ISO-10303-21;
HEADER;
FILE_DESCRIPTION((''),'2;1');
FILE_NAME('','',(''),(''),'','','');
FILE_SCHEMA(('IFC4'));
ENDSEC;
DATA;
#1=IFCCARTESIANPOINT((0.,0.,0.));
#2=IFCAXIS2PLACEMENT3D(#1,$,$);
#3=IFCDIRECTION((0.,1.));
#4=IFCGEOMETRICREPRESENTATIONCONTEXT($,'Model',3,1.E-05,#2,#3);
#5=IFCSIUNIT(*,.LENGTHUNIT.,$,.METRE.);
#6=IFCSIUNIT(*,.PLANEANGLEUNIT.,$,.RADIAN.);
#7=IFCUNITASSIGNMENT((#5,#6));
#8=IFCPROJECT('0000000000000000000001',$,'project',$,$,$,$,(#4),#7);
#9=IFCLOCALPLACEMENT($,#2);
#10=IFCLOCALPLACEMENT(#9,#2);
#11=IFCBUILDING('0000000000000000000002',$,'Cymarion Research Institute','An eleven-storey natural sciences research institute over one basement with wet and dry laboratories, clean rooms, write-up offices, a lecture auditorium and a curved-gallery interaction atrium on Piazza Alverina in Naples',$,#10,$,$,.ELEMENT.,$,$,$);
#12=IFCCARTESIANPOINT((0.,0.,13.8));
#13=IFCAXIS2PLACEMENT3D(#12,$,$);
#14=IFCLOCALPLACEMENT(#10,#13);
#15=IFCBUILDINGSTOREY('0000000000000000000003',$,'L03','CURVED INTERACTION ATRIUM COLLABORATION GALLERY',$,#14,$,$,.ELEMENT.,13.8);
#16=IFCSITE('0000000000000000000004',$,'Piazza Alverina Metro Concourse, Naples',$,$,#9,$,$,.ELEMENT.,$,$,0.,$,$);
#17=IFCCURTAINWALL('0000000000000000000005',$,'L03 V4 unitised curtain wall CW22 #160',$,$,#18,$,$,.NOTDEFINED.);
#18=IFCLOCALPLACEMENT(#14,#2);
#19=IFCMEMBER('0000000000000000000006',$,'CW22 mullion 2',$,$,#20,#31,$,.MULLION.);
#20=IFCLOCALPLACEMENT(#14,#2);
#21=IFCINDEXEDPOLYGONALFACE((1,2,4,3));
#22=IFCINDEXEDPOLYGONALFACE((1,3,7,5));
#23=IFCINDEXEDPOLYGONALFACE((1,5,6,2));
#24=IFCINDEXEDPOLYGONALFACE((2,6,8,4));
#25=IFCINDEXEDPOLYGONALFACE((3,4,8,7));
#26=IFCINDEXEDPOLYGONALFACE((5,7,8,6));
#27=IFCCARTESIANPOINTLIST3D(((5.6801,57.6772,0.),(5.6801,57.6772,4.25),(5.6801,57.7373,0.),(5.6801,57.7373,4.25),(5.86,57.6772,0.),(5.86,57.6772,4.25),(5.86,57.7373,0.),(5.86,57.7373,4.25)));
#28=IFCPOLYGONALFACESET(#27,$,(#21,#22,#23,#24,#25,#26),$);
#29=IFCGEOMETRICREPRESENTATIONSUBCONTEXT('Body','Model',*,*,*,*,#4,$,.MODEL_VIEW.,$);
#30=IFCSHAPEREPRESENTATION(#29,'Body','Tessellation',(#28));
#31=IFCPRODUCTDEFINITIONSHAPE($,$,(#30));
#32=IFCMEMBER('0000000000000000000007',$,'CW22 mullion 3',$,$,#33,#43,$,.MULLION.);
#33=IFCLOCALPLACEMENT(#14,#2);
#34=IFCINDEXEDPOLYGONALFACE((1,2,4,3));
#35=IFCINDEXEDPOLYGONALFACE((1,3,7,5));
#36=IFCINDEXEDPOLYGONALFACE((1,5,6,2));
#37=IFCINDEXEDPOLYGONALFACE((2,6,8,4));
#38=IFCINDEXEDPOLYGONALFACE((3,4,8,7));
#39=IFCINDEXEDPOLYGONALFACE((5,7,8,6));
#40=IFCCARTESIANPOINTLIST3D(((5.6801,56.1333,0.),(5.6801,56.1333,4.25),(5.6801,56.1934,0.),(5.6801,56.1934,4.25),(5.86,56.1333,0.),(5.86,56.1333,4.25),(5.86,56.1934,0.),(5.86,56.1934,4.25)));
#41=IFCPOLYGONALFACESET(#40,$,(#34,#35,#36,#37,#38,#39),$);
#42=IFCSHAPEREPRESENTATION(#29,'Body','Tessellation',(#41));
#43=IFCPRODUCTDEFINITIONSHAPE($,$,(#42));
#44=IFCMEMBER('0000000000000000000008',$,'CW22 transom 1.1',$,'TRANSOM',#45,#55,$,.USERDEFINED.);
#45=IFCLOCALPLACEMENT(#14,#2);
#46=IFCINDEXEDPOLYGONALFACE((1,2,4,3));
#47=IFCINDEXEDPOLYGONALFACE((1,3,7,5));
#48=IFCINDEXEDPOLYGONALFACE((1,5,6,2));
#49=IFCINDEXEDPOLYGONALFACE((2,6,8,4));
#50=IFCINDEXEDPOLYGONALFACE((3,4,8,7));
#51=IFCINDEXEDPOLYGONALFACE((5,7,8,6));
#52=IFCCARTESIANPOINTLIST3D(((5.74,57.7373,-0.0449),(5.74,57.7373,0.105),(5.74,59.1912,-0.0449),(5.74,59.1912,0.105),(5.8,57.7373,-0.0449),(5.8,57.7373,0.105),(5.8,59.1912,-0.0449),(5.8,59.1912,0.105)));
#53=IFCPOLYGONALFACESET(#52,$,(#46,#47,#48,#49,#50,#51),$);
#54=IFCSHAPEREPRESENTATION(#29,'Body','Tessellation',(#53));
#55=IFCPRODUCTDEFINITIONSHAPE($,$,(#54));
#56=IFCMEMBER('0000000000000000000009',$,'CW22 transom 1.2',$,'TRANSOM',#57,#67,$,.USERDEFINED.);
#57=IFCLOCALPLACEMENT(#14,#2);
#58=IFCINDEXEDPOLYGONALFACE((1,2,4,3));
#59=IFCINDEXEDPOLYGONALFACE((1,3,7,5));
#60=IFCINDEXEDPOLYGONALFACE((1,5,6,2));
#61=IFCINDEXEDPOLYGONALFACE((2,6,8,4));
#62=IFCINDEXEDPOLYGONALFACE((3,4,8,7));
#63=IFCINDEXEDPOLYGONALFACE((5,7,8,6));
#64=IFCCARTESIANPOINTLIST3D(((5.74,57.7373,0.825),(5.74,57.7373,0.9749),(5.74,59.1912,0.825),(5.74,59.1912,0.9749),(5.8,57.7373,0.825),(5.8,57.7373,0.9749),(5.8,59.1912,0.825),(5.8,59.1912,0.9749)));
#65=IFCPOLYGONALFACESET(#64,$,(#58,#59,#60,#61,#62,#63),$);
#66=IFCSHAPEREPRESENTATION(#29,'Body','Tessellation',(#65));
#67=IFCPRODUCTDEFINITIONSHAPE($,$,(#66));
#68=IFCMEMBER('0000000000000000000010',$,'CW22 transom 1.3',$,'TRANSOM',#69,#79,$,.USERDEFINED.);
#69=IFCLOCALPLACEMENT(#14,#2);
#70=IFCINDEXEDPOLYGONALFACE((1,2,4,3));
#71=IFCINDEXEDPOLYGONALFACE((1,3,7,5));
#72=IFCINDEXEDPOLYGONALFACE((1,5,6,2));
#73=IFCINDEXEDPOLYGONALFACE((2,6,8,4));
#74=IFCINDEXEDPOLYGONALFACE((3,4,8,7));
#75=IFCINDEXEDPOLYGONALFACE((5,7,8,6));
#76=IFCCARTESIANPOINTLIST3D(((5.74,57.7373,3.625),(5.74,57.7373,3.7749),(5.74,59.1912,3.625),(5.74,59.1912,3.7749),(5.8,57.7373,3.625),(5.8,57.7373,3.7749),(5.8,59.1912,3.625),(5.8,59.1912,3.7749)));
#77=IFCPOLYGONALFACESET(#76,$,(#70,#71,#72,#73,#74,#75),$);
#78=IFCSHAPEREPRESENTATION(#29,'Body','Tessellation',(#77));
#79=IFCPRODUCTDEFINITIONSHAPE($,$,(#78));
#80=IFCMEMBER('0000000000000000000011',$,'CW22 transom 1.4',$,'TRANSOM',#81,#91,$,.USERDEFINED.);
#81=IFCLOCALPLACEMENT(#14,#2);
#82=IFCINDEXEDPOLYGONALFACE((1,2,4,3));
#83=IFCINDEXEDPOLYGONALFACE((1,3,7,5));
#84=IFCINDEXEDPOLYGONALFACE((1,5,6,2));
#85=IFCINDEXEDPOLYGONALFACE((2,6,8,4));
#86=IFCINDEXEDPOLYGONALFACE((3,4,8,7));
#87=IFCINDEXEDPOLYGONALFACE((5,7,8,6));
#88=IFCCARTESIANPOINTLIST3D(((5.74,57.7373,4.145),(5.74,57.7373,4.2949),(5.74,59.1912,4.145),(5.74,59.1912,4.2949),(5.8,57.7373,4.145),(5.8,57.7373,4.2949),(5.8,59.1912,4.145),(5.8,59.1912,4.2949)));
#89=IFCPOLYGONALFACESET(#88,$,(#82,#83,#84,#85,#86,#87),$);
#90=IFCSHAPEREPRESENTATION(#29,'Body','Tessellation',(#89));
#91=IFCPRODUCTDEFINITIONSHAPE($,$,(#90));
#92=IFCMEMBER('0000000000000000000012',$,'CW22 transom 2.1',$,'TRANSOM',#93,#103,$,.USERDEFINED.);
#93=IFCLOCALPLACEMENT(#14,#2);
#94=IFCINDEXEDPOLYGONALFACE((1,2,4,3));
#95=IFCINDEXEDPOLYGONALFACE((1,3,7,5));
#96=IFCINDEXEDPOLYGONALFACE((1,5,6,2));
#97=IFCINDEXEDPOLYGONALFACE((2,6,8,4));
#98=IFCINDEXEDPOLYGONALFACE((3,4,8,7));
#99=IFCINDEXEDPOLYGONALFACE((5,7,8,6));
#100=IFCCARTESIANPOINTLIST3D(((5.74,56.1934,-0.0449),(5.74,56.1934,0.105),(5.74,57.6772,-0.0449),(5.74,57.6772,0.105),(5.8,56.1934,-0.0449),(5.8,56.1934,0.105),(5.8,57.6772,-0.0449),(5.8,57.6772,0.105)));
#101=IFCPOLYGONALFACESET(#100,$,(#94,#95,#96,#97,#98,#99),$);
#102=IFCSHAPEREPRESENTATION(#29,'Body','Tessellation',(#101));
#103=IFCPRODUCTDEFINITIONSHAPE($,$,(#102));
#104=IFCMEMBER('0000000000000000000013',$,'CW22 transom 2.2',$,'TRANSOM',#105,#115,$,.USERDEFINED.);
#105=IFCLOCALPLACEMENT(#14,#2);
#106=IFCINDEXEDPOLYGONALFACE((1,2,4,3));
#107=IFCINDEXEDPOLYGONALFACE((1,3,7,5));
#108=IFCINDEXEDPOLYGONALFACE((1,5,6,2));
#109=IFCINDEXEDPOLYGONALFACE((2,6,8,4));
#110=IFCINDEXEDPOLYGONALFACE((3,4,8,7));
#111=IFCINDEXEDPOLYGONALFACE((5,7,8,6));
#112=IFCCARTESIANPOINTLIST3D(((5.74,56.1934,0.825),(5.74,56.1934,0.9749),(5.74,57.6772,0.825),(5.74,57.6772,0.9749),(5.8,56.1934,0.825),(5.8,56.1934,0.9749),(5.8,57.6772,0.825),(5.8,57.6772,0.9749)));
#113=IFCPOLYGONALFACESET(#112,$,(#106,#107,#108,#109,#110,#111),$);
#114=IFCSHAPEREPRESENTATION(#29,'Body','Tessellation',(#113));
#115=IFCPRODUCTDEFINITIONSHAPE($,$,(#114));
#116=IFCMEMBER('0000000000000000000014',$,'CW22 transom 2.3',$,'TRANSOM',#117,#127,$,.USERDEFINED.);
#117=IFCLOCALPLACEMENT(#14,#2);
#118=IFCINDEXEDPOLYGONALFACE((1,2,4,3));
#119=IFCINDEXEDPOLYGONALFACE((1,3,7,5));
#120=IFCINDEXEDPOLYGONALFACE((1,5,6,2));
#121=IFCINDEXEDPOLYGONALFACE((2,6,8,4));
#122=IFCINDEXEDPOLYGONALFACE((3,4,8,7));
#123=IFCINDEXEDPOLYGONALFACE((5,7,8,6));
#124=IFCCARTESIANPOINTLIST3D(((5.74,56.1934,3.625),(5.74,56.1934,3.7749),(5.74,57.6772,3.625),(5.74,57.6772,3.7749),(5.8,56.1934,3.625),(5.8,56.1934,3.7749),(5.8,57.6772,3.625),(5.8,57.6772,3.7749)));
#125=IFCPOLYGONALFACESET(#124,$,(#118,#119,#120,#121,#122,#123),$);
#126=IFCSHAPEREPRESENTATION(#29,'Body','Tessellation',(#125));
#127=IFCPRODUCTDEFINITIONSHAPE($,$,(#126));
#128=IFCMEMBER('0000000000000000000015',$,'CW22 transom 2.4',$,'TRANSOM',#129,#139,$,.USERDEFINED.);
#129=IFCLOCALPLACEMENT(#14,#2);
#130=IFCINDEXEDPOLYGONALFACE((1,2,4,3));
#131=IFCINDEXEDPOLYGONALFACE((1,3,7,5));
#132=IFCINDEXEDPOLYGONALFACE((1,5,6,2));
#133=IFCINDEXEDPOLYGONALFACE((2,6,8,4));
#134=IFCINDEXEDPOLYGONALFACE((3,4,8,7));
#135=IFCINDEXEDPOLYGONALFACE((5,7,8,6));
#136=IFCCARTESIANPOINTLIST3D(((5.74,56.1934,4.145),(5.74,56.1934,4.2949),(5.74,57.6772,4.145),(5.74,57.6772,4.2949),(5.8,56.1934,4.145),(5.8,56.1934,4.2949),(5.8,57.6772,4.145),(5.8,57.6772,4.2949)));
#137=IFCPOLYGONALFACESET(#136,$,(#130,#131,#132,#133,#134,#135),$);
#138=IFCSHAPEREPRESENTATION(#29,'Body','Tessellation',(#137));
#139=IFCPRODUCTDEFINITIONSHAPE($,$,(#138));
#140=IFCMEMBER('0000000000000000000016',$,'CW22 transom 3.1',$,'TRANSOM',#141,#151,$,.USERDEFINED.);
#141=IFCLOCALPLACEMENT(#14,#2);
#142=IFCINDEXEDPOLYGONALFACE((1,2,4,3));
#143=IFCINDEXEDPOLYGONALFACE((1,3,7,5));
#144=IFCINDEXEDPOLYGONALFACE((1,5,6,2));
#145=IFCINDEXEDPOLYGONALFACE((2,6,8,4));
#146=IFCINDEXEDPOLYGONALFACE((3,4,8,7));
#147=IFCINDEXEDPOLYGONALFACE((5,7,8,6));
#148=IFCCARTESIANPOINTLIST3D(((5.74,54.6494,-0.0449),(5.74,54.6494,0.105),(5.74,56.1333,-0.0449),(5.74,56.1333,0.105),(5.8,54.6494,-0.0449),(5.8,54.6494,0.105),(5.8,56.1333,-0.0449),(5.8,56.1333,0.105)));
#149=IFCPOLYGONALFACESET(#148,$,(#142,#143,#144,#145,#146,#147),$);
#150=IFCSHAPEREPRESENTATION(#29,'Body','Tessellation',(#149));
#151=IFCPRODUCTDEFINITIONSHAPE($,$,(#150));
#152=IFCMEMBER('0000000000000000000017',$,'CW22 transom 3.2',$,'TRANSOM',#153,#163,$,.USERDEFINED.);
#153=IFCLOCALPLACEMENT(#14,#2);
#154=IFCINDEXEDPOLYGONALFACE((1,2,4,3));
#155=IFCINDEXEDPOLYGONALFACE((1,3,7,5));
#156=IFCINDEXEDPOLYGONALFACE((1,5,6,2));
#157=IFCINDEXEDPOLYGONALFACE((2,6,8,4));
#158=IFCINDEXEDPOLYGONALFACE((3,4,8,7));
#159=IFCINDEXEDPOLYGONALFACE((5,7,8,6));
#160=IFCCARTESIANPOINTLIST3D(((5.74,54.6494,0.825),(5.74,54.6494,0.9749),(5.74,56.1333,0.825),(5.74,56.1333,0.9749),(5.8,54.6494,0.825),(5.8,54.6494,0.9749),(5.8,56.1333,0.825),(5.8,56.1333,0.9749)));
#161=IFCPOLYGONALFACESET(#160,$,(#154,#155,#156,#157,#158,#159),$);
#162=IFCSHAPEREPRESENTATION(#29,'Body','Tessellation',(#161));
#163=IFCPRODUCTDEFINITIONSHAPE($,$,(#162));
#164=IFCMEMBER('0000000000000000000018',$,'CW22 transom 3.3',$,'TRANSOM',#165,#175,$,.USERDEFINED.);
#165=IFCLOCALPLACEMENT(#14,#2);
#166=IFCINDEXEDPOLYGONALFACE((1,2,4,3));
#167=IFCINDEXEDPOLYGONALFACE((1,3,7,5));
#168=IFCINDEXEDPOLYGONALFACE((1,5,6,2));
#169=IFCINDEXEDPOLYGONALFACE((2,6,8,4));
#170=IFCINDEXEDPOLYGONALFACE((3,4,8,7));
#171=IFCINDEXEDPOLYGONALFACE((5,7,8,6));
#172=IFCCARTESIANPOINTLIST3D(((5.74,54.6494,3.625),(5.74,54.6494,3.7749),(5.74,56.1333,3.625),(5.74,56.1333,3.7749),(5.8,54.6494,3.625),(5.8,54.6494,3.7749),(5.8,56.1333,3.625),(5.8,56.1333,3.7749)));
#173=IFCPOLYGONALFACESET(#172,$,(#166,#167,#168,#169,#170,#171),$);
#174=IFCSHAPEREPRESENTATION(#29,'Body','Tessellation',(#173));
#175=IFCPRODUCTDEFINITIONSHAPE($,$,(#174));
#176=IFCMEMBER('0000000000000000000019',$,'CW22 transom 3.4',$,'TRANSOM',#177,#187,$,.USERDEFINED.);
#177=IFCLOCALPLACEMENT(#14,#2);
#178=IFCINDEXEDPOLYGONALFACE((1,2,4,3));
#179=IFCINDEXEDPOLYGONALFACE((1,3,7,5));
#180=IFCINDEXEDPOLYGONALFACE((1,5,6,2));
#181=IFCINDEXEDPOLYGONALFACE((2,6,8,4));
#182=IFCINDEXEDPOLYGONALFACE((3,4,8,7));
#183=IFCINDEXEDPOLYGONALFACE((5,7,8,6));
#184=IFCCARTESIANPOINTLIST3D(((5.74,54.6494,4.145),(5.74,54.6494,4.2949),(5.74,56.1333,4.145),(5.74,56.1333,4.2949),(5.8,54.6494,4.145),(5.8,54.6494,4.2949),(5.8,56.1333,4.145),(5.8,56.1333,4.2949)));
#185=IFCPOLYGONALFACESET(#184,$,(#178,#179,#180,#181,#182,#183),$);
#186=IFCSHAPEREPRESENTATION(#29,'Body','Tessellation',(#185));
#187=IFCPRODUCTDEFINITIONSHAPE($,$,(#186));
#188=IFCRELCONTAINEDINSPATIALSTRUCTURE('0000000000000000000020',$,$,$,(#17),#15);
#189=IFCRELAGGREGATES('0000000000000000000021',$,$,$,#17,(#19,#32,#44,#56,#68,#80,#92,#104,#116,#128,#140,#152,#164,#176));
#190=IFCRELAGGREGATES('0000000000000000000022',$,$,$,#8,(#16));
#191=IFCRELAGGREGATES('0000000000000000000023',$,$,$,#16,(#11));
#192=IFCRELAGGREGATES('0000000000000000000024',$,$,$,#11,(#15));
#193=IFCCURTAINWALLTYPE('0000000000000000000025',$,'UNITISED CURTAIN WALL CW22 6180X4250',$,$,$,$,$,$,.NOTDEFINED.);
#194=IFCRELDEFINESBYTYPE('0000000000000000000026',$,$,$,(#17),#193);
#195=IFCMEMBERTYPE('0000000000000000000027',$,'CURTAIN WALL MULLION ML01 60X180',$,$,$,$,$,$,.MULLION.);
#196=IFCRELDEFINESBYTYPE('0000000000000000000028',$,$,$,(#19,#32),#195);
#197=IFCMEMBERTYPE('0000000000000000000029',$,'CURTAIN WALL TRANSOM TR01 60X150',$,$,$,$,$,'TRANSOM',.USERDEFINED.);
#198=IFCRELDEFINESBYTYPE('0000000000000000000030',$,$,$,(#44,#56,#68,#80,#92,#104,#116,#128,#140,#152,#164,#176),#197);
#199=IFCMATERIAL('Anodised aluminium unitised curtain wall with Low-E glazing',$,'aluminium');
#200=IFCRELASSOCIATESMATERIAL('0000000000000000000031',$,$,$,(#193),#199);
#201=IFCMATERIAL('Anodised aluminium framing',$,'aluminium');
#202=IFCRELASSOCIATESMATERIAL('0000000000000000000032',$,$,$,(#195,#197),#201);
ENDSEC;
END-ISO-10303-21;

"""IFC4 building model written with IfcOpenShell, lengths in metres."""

from ifc_helpers import new_model, si_unit, direction, frame, origin, origin_2d, place, context, subcontext, project, spatial, rectangle, extrude, material, material_profile, profile_set, type_object, element, aggregate, save


model = new_model("IFC4")

# Units and contexts
model_context = context("Model", 3, precision=1e-05, world=origin(), true_north=direction((0.0, 1.0)))
body_context = subcontext(model_context, "Body", "Model", "MODEL_VIEW")
ifc_project = project(units=[si_unit("LENGTHUNIT", "METRE"), si_unit("PLANEANGLEUNIT", "RADIAN")], contexts=[model_context])

# Site, building, storey
site_placement = place(None, origin())
site = spatial("IfcSite", under=ifc_project, at=site_placement, Name="Piazza Alverina Metro Concourse, Naples", CompositionType="ELEMENT", RefElevation=0.0)
building_placement = place(site_placement, origin())
building = spatial("IfcBuilding", under=site, at=building_placement, Name="Cymarion Research Institute", Description="An eleven-storey natural sciences research institute over one basement with wet and dry laboratories, clean rooms, write-up offices, a lecture auditorium and a curved-gallery interaction atrium on Piazza Alverina in Naples", CompositionType="ELEMENT")
storey_placement = place(building_placement, frame((0.0, 0.0, 13.8)))
storey = spatial("IfcBuildingStorey", under=building, at=storey_placement, Name="L03", Description="CURVED INTERACTION ATRIUM COLLABORATION GALLERY", CompositionType="ELEMENT", Elevation=13.8)

# Curtain wall, members
ifc_material_1 = material(Name="Anodised aluminium unitised curtain wall with Low-E glazing", Category="aluminium")
curtain_wall_type = type_object("IfcCurtainWallType", Name="UNITISED CURTAIN WALL CW22 6180X4250", PredefinedType="NOTDEFINED", material=ifc_material_1)
curtain_wall_placement = place(storey_placement, origin())
curtain_wall = element("IfcCurtainWall", 1, at=curtain_wall_placement, inside=storey, type_object=curtain_wall_type, Name="L03 V4 unitised curtain wall CW22 #160", PredefinedType="NOTDEFINED")
ifc_material_2 = material(Name="Anodised aluminium framing", Category="aluminium")
ifc_material_profile_1 = material_profile(ifc_material_2, rectangle(XDim=0.0601, YDim=0.1799, at=origin_2d()), Name="ALU MULLION 60x180")
ifc_profile_set_1 = profile_set([ifc_material_profile_1], Name="Anodised aluminium framing")
member_type_1 = type_object("IfcMemberType", Name="CURTAIN WALL MULLION ML01 60X180", PredefinedType="MULLION", material=ifc_profile_set_1)
member_1_placement = place(storey_placement, frame((5.77, 57.7073, 0.0), z_axis=(0.0, 0.0, 1.0), x_axis=(0.0, -1.0, 0.0)))
member_1 = element("IfcMember", 2, at=member_1_placement, type_object=member_type_1, Name="CW22 mullion 2", PredefinedType="MULLION", context=body_context, shape_type="SweptSolid", body=[
    extrude(rectangle(XDim=0.0601, YDim=0.1799, at=origin_2d()), origin(), (0.0, 0.0, 1.0), 4.25),
])
member_2_placement = place(storey_placement, frame((5.77, 56.1633, 0.0), z_axis=(0.0, 0.0, 1.0), x_axis=(0.0, -1.0, 0.0)))
member_2 = element("IfcMember", 3, at=member_2_placement, type_object=member_type_1, Name="CW22 mullion 3", PredefinedType="MULLION", context=body_context, shape_type="SweptSolid", body=[
    extrude(rectangle(XDim=0.0601, YDim=0.1799, at=origin_2d()), origin(), (0.0, 0.0, 1.0), 4.25),
])
ifc_material_profile_2 = material_profile(ifc_material_2, rectangle(XDim=0.0601, YDim=0.1499, at=origin_2d()), Name="ALU TRANSOM 60x150")
ifc_profile_set_2 = profile_set([ifc_material_profile_2], Name="Anodised aluminium framing")
member_type_2 = type_object("IfcMemberType", Name="CURTAIN WALL TRANSOM TR01 60X150", ElementType="TRANSOM", PredefinedType="USERDEFINED", material=ifc_profile_set_2)
member_3_placement = place(storey_placement, frame((5.77, 59.1912, 0.03), z_axis=(0.0, -1.0, 0.0), x_axis=(1.0, 0.0, 0.0)))
member_3 = element("IfcMember", 4, at=member_3_placement, type_object=member_type_2, Name="CW22 transom 1.1", ObjectType="TRANSOM", PredefinedType="USERDEFINED", context=body_context, shape_type="SweptSolid", body=[
    extrude(rectangle(XDim=0.0601, YDim=0.1499, at=origin_2d()), origin(), (0.0, 0.0, 1.0), 1.4539),
])
member_4_placement = place(storey_placement, frame((5.77, 59.1912, 0.8999), z_axis=(0.0, -1.0, 0.0), x_axis=(1.0, 0.0, 0.0)))
member_4 = element("IfcMember", 5, at=member_4_placement, type_object=member_type_2, Name="CW22 transom 1.2", ObjectType="TRANSOM", PredefinedType="USERDEFINED", context=body_context, shape_type="SweptSolid", body=[
    extrude(rectangle(XDim=0.0601, YDim=0.1499, at=origin_2d()), origin(), (0.0, 0.0, 1.0), 1.4539),
])
member_5_placement = place(storey_placement, frame((5.77, 59.1912, 3.7), z_axis=(0.0, -1.0, 0.0), x_axis=(1.0, 0.0, 0.0)))
member_5 = element("IfcMember", 6, at=member_5_placement, type_object=member_type_2, Name="CW22 transom 1.3", ObjectType="TRANSOM", PredefinedType="USERDEFINED", context=body_context, shape_type="SweptSolid", body=[
    extrude(rectangle(XDim=0.0601, YDim=0.1499, at=origin_2d()), origin(), (0.0, 0.0, 1.0), 1.4539),
])
member_6_placement = place(storey_placement, frame((5.77, 59.1912, 4.22), z_axis=(0.0, -1.0, 0.0), x_axis=(1.0, 0.0, 0.0)))
member_6 = element("IfcMember", 7, at=member_6_placement, type_object=member_type_2, Name="CW22 transom 1.4", ObjectType="TRANSOM", PredefinedType="USERDEFINED", context=body_context, shape_type="SweptSolid", body=[
    extrude(rectangle(XDim=0.0601, YDim=0.1499, at=origin_2d()), origin(), (0.0, 0.0, 1.0), 1.4539),
])
member_7_placement = place(storey_placement, frame((5.77, 57.6772, 0.03), z_axis=(0.0, -1.0, 0.0), x_axis=(1.0, 0.0, 0.0)))
member_7 = element("IfcMember", 8, at=member_7_placement, type_object=member_type_2, Name="CW22 transom 2.1", ObjectType="TRANSOM", PredefinedType="USERDEFINED", context=body_context, shape_type="SweptSolid", body=[
    extrude(rectangle(XDim=0.0601, YDim=0.1499, at=origin_2d()), origin(), (0.0, 0.0, 1.0), 1.4839),
])
member_8_placement = place(storey_placement, frame((5.77, 57.6772, 0.8999), z_axis=(0.0, -1.0, 0.0), x_axis=(1.0, 0.0, 0.0)))
member_8 = element("IfcMember", 9, at=member_8_placement, type_object=member_type_2, Name="CW22 transom 2.2", ObjectType="TRANSOM", PredefinedType="USERDEFINED", context=body_context, shape_type="SweptSolid", body=[
    extrude(rectangle(XDim=0.0601, YDim=0.1499, at=origin_2d()), origin(), (0.0, 0.0, 1.0), 1.4839),
])
member_9_placement = place(storey_placement, frame((5.77, 57.6772, 3.7), z_axis=(0.0, -1.0, 0.0), x_axis=(1.0, 0.0, 0.0)))
member_9 = element("IfcMember", 10, at=member_9_placement, type_object=member_type_2, Name="CW22 transom 2.3", ObjectType="TRANSOM", PredefinedType="USERDEFINED", context=body_context, shape_type="SweptSolid", body=[
    extrude(rectangle(XDim=0.0601, YDim=0.1499, at=origin_2d()), origin(), (0.0, 0.0, 1.0), 1.4839),
])
member_10_placement = place(storey_placement, frame((5.77, 57.6772, 4.22), z_axis=(0.0, -1.0, 0.0), x_axis=(1.0, 0.0, 0.0)))
member_10 = element("IfcMember", 11, at=member_10_placement, type_object=member_type_2, Name="CW22 transom 2.4", ObjectType="TRANSOM", PredefinedType="USERDEFINED", context=body_context, shape_type="SweptSolid", body=[
    extrude(rectangle(XDim=0.0601, YDim=0.1499, at=origin_2d()), origin(), (0.0, 0.0, 1.0), 1.4839),
])
member_11_placement = place(storey_placement, frame((5.77, 56.1333, 0.03), z_axis=(0.0, -1.0, 0.0), x_axis=(1.0, 0.0, 0.0)))
member_11 = element("IfcMember", 12, at=member_11_placement, type_object=member_type_2, Name="CW22 transom 3.1", ObjectType="TRANSOM", PredefinedType="USERDEFINED", context=body_context, shape_type="SweptSolid", body=[
    extrude(rectangle(XDim=0.0601, YDim=0.1499, at=origin_2d()), origin(), (0.0, 0.0, 1.0), 1.4839),
])
member_12_placement = place(storey_placement, frame((5.77, 56.1333, 0.8999), z_axis=(0.0, -1.0, 0.0), x_axis=(1.0, 0.0, 0.0)))
member_12 = element("IfcMember", 13, at=member_12_placement, type_object=member_type_2, Name="CW22 transom 3.2", ObjectType="TRANSOM", PredefinedType="USERDEFINED", context=body_context, shape_type="SweptSolid", body=[
    extrude(rectangle(XDim=0.0601, YDim=0.1499, at=origin_2d()), origin(), (0.0, 0.0, 1.0), 1.4839),
])
member_13_placement = place(storey_placement, frame((5.77, 56.1333, 3.7), z_axis=(0.0, -1.0, 0.0), x_axis=(1.0, 0.0, 0.0)))
member_13 = element("IfcMember", 14, at=member_13_placement, type_object=member_type_2, Name="CW22 transom 3.3", ObjectType="TRANSOM", PredefinedType="USERDEFINED", context=body_context, shape_type="SweptSolid", body=[
    extrude(rectangle(XDim=0.0601, YDim=0.1499, at=origin_2d()), origin(), (0.0, 0.0, 1.0), 1.4839),
])
member_14_placement = place(storey_placement, frame((5.77, 56.1333, 4.22), z_axis=(0.0, -1.0, 0.0), x_axis=(1.0, 0.0, 0.0)))
member_14 = element("IfcMember", 15, at=member_14_placement, type_object=member_type_2, Name="CW22 transom 3.4", ObjectType="TRANSOM", PredefinedType="USERDEFINED", context=body_context, shape_type="SweptSolid", body=[
    extrude(rectangle(XDim=0.0601, YDim=0.1499, at=origin_2d()), origin(), (0.0, 0.0, 1.0), 1.4839),
])
aggregate(curtain_wall, [member_1, member_2, member_3, member_4, member_5, member_6, member_7, member_8, member_9, member_10, member_11, member_12, member_13, member_14])

save(model, "model.ifc")
